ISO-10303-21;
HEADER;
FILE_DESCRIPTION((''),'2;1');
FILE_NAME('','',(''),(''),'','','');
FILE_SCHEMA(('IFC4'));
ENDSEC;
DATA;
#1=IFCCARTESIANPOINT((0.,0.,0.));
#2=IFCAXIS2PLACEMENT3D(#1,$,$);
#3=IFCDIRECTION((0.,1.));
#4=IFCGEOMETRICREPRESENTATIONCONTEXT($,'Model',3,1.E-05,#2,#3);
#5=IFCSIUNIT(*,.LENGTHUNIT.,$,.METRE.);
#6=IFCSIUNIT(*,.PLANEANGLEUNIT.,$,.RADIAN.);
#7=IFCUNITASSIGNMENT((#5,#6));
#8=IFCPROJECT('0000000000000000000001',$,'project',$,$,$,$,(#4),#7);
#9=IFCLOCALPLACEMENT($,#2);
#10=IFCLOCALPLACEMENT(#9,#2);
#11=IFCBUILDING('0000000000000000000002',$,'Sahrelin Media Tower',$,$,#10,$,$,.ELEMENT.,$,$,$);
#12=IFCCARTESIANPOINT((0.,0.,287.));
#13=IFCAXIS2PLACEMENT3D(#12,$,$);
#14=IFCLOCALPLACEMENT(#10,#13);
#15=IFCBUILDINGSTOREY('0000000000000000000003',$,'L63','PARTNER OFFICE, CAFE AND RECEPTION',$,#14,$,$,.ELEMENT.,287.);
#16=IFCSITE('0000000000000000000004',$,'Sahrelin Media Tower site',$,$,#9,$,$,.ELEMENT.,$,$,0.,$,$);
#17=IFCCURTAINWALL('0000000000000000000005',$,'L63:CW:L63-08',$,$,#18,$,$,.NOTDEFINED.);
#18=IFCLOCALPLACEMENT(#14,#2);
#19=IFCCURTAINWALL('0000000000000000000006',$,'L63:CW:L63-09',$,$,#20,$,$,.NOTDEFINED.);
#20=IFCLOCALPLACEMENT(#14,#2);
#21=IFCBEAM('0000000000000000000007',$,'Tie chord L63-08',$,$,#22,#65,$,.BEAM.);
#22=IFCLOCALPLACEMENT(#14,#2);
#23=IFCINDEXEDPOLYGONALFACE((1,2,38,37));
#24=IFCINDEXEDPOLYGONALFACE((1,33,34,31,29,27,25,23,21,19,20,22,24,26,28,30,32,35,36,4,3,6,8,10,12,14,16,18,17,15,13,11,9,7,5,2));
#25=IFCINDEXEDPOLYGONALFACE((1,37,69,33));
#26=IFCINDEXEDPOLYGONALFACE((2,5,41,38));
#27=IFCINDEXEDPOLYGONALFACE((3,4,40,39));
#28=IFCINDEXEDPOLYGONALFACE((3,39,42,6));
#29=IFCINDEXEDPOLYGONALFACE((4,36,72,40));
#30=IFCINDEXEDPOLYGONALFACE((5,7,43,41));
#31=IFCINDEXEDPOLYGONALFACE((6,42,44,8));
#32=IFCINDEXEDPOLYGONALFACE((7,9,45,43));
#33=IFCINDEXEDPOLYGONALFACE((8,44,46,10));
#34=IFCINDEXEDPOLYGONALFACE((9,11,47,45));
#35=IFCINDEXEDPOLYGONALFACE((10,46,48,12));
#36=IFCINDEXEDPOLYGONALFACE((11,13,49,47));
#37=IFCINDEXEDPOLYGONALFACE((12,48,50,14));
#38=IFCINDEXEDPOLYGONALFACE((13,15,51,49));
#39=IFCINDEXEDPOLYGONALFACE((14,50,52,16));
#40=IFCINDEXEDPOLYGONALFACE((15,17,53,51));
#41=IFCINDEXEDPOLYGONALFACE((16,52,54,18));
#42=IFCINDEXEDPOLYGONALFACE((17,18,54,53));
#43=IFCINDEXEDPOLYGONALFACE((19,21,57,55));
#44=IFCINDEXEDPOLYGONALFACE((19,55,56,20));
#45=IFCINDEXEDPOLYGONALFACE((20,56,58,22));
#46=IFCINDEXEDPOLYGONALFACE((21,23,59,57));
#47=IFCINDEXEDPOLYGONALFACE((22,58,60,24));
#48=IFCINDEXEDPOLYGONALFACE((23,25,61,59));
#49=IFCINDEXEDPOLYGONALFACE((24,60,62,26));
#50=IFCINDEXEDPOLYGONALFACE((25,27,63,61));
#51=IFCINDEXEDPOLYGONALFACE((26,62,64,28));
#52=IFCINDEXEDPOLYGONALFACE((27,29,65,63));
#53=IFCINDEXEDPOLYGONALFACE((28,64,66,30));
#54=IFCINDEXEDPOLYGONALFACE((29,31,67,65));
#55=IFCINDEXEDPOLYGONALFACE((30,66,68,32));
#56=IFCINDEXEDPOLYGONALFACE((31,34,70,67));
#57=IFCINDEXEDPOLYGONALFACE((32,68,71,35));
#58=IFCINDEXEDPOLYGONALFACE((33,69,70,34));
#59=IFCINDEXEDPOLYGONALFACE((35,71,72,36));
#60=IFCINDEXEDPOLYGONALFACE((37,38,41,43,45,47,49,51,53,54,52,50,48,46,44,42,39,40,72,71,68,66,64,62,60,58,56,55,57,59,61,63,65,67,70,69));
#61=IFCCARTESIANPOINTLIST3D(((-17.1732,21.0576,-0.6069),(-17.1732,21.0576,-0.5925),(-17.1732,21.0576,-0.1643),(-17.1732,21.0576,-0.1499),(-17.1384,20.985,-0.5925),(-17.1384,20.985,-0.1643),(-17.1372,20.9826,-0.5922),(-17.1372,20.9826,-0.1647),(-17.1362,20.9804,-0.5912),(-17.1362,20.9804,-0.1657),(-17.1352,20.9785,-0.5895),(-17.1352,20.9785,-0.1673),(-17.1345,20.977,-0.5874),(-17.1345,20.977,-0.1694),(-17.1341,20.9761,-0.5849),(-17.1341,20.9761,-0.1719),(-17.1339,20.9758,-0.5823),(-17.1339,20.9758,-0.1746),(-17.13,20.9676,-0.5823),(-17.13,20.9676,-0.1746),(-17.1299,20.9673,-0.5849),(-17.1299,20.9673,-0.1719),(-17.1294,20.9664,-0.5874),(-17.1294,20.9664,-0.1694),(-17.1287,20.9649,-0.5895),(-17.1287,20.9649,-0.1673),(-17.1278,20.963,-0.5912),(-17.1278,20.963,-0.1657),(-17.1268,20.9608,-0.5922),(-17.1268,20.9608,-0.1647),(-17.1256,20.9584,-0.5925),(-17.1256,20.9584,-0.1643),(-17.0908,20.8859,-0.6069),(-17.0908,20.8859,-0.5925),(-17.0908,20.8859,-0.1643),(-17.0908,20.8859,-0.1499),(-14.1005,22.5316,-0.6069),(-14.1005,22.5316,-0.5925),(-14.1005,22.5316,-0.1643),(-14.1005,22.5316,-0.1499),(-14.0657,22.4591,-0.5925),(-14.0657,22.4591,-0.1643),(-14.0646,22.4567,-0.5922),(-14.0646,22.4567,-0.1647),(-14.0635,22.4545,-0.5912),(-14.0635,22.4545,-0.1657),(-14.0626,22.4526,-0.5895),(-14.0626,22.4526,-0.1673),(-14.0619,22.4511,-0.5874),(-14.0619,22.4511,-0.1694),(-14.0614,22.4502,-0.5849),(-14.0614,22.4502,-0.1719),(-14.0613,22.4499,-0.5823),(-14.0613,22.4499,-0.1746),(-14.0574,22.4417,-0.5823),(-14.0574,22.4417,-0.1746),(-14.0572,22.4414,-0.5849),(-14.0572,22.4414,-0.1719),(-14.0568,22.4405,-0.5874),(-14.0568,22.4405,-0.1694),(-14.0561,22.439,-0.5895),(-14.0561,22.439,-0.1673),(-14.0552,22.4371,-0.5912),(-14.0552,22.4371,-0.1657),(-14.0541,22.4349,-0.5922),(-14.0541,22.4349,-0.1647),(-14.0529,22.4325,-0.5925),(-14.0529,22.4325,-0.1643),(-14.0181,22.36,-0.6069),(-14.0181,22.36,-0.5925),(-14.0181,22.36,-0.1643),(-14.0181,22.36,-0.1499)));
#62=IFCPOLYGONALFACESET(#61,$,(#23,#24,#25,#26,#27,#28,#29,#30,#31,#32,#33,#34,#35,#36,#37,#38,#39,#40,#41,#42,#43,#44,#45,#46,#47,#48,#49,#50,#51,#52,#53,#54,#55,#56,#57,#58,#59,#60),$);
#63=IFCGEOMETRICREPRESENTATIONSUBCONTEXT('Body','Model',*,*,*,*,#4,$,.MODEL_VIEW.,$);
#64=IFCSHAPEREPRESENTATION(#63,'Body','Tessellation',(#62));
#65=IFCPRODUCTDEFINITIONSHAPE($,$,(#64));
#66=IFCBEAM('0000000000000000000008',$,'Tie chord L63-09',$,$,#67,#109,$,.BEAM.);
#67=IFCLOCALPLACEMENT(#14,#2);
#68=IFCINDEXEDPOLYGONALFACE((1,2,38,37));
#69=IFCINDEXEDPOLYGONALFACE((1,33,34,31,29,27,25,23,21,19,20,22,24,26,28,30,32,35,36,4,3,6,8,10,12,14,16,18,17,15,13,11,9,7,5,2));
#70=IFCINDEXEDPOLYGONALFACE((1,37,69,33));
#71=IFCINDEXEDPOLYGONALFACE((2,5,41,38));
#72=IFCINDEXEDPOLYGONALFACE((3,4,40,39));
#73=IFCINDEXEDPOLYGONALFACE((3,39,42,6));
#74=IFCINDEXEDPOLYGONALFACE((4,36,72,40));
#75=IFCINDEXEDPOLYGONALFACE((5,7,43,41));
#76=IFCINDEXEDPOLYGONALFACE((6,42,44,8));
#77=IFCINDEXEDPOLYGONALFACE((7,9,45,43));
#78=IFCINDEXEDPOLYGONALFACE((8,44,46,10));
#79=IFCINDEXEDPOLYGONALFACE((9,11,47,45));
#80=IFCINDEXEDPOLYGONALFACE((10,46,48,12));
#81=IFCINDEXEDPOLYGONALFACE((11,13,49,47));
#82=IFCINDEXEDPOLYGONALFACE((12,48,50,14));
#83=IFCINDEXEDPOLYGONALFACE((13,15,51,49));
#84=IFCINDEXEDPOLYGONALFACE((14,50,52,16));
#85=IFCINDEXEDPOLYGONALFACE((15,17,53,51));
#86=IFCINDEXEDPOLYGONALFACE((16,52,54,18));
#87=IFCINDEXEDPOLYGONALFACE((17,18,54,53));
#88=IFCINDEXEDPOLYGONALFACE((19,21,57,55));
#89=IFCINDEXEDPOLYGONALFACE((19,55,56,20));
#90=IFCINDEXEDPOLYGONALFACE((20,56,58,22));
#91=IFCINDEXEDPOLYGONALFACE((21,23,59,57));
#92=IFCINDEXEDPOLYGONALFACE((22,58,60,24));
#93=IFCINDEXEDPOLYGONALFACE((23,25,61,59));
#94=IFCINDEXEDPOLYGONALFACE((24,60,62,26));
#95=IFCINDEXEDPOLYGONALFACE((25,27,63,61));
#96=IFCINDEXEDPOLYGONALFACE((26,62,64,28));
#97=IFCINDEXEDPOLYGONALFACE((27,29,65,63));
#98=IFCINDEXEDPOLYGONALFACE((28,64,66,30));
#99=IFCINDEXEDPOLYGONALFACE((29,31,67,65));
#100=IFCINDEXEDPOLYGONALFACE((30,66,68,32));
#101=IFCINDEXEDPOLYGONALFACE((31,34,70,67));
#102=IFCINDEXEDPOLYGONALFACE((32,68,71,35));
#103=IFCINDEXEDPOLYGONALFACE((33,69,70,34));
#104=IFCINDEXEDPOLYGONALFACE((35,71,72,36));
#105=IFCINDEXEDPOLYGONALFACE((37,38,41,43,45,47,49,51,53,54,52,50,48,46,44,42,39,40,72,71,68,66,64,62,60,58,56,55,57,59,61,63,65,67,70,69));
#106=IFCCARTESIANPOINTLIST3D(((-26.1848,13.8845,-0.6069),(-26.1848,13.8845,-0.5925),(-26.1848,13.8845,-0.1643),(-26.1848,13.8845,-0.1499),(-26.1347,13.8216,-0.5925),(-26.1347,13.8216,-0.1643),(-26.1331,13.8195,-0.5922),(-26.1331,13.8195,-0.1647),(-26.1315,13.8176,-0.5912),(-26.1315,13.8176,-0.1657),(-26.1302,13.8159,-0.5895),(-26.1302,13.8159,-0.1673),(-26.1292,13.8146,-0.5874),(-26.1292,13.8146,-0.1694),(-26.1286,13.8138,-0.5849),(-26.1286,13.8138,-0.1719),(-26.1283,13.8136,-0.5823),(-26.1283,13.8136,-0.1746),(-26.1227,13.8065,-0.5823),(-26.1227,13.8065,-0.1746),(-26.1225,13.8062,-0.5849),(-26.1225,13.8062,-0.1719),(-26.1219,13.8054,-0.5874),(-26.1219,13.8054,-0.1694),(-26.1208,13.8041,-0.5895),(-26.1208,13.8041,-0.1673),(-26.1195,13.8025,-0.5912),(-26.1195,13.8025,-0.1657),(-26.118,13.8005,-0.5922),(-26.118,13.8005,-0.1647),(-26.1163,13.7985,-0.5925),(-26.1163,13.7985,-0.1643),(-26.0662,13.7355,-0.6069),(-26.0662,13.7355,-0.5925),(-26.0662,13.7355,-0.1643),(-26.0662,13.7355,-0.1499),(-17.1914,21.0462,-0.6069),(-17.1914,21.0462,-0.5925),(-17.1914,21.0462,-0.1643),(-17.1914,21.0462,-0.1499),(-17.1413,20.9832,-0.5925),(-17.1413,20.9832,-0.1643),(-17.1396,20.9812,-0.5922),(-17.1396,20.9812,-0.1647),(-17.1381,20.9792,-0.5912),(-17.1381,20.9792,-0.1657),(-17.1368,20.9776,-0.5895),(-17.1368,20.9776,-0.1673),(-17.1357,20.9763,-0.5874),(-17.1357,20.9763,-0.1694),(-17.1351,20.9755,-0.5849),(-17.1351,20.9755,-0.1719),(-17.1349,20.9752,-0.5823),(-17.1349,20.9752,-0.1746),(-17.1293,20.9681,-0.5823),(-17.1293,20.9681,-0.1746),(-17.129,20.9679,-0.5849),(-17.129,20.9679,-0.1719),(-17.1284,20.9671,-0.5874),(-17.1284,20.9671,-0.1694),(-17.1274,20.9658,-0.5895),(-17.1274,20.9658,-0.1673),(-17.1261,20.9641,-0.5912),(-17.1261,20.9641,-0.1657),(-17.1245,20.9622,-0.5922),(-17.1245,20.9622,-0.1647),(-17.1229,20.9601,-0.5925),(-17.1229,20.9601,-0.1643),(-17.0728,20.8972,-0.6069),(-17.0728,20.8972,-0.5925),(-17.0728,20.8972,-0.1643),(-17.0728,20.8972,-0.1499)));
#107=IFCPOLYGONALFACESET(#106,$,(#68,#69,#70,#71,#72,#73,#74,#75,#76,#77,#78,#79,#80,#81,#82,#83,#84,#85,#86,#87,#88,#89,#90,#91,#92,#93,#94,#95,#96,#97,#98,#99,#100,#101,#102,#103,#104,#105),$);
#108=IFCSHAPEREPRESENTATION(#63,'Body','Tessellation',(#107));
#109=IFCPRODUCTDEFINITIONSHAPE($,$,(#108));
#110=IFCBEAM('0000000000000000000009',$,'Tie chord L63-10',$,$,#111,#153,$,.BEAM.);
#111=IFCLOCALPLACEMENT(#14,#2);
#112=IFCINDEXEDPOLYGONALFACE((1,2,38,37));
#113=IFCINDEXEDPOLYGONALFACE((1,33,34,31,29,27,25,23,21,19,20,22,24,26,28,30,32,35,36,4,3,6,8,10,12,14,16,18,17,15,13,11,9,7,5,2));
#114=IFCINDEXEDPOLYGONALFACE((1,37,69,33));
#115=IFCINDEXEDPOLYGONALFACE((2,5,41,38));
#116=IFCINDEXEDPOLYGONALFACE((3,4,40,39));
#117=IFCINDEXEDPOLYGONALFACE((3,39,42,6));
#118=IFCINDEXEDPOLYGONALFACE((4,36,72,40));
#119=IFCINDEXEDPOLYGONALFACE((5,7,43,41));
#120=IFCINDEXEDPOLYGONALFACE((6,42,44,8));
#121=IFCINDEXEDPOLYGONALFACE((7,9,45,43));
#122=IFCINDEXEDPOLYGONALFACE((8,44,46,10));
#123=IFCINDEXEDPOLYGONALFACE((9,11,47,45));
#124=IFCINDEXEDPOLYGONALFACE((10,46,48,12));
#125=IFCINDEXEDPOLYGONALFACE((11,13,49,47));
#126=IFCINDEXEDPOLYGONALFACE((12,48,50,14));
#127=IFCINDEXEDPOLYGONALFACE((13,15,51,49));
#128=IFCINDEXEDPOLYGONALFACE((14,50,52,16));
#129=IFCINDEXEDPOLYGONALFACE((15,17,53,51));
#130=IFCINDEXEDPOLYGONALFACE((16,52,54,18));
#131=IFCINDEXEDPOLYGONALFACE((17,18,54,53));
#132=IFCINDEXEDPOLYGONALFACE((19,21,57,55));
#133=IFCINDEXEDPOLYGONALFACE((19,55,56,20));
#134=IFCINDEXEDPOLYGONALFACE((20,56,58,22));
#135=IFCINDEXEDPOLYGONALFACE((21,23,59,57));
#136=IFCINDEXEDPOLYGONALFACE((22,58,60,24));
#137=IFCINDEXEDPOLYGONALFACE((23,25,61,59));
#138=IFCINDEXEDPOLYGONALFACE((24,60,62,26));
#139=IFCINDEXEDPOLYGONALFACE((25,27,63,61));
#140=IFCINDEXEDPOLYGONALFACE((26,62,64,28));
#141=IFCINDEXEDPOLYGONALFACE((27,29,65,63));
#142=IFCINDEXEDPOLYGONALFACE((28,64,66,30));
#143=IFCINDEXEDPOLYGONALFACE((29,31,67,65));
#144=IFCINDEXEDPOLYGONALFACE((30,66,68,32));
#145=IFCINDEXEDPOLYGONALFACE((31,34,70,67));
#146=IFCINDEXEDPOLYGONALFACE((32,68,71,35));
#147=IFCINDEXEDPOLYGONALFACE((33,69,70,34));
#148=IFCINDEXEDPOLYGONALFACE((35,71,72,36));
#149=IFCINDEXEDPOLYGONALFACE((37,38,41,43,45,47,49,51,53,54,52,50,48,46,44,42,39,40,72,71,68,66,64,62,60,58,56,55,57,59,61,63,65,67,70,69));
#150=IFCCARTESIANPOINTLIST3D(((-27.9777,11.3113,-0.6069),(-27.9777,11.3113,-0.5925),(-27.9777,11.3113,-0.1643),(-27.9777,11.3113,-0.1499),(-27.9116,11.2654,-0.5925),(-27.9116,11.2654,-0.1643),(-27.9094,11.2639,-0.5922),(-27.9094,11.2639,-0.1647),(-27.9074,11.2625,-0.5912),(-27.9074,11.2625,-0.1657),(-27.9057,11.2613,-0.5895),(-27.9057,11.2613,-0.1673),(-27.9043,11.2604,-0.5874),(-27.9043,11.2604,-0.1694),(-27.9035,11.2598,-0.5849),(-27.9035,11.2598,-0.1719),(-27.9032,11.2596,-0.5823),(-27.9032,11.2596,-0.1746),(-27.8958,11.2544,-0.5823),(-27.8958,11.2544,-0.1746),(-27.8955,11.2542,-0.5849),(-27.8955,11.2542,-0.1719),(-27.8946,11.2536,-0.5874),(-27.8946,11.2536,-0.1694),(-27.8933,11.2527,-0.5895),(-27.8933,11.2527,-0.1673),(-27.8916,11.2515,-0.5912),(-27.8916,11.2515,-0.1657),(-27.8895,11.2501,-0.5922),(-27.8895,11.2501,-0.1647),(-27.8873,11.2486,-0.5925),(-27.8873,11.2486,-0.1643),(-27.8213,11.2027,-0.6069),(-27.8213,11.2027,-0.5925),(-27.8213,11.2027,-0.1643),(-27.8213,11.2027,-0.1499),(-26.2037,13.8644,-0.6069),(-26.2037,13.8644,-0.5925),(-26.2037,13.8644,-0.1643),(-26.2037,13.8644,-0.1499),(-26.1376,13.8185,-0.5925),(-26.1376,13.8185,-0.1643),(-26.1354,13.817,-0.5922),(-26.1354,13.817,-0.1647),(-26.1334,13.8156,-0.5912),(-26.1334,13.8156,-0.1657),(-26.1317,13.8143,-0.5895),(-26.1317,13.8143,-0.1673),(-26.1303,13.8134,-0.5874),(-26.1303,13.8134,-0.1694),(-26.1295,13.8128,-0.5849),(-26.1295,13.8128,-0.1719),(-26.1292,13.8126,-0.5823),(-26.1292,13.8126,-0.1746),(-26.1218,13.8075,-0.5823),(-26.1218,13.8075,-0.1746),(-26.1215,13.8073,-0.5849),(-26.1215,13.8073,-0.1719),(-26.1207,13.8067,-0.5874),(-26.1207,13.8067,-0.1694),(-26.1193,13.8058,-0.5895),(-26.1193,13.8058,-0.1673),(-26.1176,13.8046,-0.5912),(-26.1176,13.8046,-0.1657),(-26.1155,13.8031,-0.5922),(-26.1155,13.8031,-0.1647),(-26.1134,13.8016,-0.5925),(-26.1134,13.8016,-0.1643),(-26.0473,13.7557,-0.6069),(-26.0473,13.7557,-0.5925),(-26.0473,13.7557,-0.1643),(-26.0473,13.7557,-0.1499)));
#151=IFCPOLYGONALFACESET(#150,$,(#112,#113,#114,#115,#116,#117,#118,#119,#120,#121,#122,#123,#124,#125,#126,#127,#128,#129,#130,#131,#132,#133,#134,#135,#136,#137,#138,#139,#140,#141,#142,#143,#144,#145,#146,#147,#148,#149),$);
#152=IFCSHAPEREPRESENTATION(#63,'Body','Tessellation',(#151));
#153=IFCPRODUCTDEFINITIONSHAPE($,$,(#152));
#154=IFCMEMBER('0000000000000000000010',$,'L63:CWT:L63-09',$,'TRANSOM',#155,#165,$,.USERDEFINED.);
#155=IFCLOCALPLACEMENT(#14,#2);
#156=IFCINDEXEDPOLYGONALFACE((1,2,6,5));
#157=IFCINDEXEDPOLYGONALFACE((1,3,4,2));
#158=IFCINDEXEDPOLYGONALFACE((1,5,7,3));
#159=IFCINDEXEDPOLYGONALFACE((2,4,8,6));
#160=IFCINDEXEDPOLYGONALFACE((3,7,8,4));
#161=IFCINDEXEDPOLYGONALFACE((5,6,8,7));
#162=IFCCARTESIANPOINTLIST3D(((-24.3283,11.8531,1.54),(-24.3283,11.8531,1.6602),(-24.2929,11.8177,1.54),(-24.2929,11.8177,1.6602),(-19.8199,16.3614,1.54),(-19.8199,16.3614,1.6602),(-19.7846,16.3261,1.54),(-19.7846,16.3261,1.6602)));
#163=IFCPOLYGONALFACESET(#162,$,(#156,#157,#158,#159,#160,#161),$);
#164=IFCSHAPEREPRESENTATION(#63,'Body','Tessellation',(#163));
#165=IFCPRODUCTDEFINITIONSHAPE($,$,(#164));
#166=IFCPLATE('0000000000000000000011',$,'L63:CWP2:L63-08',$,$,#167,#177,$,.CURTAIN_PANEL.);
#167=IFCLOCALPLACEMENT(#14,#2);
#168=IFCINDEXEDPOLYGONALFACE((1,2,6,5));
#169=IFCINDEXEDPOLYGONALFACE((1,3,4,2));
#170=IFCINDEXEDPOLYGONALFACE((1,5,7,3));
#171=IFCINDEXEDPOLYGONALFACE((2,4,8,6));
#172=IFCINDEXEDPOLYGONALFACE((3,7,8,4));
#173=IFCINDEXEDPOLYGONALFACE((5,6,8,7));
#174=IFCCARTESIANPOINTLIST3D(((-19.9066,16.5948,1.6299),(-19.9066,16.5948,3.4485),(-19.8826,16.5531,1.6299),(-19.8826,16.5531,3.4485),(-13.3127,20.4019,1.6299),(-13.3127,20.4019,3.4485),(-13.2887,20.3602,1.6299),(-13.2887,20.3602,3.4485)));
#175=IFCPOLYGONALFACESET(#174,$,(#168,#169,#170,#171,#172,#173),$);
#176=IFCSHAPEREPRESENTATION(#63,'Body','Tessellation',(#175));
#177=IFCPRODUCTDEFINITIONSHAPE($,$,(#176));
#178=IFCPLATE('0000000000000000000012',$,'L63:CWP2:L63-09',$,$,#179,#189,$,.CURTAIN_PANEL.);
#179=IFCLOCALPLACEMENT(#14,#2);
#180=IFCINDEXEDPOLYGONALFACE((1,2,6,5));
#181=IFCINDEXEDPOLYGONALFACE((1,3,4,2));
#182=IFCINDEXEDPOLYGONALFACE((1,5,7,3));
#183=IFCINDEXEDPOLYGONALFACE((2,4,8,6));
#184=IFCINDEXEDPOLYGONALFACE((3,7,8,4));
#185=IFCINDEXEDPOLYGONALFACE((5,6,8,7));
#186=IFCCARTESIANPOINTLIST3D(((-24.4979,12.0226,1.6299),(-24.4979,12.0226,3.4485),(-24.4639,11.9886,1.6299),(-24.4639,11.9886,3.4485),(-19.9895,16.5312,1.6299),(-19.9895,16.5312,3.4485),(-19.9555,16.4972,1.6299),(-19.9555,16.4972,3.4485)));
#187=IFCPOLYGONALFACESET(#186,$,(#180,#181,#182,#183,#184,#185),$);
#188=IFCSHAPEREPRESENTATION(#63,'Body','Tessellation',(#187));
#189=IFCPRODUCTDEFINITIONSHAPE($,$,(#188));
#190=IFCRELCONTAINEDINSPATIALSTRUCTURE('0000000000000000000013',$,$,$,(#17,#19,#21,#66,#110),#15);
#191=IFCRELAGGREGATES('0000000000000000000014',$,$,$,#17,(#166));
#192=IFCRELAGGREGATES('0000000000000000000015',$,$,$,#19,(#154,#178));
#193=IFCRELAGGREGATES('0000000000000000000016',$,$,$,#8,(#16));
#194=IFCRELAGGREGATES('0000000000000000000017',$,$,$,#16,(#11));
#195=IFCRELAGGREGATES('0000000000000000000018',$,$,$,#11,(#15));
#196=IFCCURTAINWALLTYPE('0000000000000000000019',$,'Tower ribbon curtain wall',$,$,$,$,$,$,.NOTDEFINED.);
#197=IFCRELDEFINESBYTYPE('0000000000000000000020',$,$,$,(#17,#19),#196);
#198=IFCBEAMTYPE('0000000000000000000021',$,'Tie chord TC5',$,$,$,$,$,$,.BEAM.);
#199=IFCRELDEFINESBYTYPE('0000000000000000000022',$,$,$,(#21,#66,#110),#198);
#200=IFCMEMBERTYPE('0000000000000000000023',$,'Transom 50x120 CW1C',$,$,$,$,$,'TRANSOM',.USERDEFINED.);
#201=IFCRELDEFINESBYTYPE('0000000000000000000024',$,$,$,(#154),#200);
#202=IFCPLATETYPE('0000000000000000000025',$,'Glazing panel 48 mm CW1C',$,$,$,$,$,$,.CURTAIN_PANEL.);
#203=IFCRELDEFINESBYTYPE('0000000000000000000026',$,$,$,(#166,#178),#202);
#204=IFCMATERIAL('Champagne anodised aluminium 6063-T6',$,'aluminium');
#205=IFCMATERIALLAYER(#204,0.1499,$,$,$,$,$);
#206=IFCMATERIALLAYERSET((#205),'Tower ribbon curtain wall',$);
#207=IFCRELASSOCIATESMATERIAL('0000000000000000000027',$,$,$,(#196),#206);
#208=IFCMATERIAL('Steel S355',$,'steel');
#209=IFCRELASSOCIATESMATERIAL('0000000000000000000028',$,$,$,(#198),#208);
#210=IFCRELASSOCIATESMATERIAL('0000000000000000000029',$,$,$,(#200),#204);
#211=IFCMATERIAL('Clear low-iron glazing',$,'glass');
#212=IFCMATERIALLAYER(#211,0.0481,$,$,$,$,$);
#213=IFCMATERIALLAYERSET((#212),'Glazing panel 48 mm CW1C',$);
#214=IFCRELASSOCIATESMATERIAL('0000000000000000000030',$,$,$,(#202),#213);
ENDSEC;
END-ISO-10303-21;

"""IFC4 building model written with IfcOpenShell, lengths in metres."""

from ifc_helpers import new_model, si_unit, direction, frame, origin, origin_2d, place, context, subcontext, project, spatial, polyline, rectangle, i_section, outline, extrude, material, layer, layer_set, material_profile, profile_set, type_object, element, aggregate, save


model = new_model("IFC4")

# Units and contexts
model_context = context("Model", 3, precision=1e-05, world=origin(), true_north=direction((0.0, 1.0)))
body_context = subcontext(model_context, "Body", "Model", "MODEL_VIEW")
ifc_project = project(units=[si_unit("LENGTHUNIT", "METRE"), si_unit("PLANEANGLEUNIT", "RADIAN")], contexts=[model_context])

# Site, building, storey
site_placement = place(None, origin())
site = spatial("IfcSite", under=ifc_project, at=site_placement, Name="Sahrelin Media Tower site", CompositionType="ELEMENT", RefElevation=0.0)
building_placement = place(site_placement, origin())
building = spatial("IfcBuilding", under=site, at=building_placement, Name="Sahrelin Media Tower", CompositionType="ELEMENT")
storey_placement = place(building_placement, frame((0.0, 0.0, 287.0)))
storey = spatial("IfcBuildingStorey", under=building, at=storey_placement, Name="L63", Description="PARTNER OFFICE, CAFE AND RECEPTION", CompositionType="ELEMENT", Elevation=287.0)

# Shared definitions
ifc_material_1 = material(Name="Steel S355", Category="steel")

# Curtain walls
ifc_material_2 = material(Name="Champagne anodised aluminium 6063-T6", Category="aluminium")
ifc_layer_1 = layer(ifc_material_2, 0.1499)
ifc_layer_set_1 = layer_set([ifc_layer_1], Name="Tower ribbon curtain wall")
curtain_wall_type = type_object("IfcCurtainWallType", Name="Tower ribbon curtain wall", PredefinedType="NOTDEFINED", material=ifc_layer_set_1)
curtain_wall_1_placement = place(storey_placement, frame((-16.5999, 18.481, 0.0), z_axis=(0.0, 0.0, 1.0), x_axis=(1.0, 0.0, 0.0)))
curtain_wall_1 = element("IfcCurtainWall", 1, at=curtain_wall_1_placement, inside=storey, type_object=curtain_wall_type, Name="L63:CW:L63-08", PredefinedType="NOTDEFINED")
curtain_wall_2_placement = place(storey_placement, frame((-22.2295, 14.2629, 0.0), z_axis=(0.0, 0.0, 1.0), x_axis=(1.0, 0.0, 0.0)))
curtain_wall_2 = element("IfcCurtainWall", 2, at=curtain_wall_2_placement, inside=storey, type_object=curtain_wall_type, Name="L63:CW:L63-09", PredefinedType="NOTDEFINED")

# Beams
ifc_material_profile_1 = material_profile(ifc_material_1, i_section(OverallWidth=0.1904, OverallDepth=0.457, WebThickness=0.009, FlangeThickness=0.0144, FilletRadius=0.0103, at=origin_2d()), Name="UB 457x191x74")
ifc_profile_set_1 = profile_set([ifc_material_profile_1], Name="Steel S355")
beam_type_1 = type_object("IfcBeamType", Name="Tie chord TC5", PredefinedType="BEAM", material=ifc_profile_set_1)
beam_1_placement = place(storey_placement, frame((-14.0593, 22.4458, -0.3784), z_axis=(-0.901615, -0.43254, 0.0), x_axis=(0.43254, -0.901615, 0.0)))
element("IfcBeam", 3, at=beam_1_placement, inside=storey, type_object=beam_type_1, Name="Tie chord L63-08", PredefinedType="BEAM", context=body_context, shape_type="SweptSolid", body=[
    extrude(i_section(OverallWidth=0.1904, OverallDepth=0.457, WebThickness=0.009, FlangeThickness=0.0144, FilletRadius=0.0103, at=origin_2d()), origin(), (0.0, 0.0, 1.0), 3.408),
])
beam_2_placement = place(storey_placement, frame((-17.1321, 20.9717, -0.3784), z_axis=(-0.782272, -0.622938, 0.0), x_axis=(0.622938, -0.782272, 0.0)))
element("IfcBeam", 4, at=beam_2_placement, inside=storey, type_object=beam_type_1, Name="Tie chord L63-09", PredefinedType="BEAM", context=body_context, shape_type="SweptSolid", body=[
    extrude(i_section(OverallWidth=0.1904, OverallDepth=0.457, WebThickness=0.009, FlangeThickness=0.0144, FilletRadius=0.0103, at=origin_2d()), origin(), (0.0, 0.0, 1.0), 11.4966),
])
beam_3_placement = place(storey_placement, frame((-26.1255, 13.8101, -0.3784), z_axis=(-0.570618, -0.821216, 0.0), x_axis=(0.821216, -0.570618, 0.0)))
element("IfcBeam", 5, at=beam_3_placement, inside=storey, type_object=beam_type_1, Name="Tie chord L63-10", PredefinedType="BEAM", context=body_context, shape_type="SweptSolid", body=[
    extrude(i_section(OverallWidth=0.1904, OverallDepth=0.457, WebThickness=0.009, FlangeThickness=0.0144, FilletRadius=0.0103, at=origin_2d()), origin(), (0.0, 0.0, 1.0), 3.1089),
])

# Member
ifc_material_profile_2 = material_profile(ifc_material_2, rectangle(XDim=0.05, YDim=0.1201, at=origin_2d()), Name="Transom 50x120")
ifc_profile_set_2 = profile_set([ifc_material_profile_2], Name="Champagne anodised aluminium 6063-T6")
member_type_1 = type_object("IfcMemberType", Name="Transom 50x120 CW1C", ElementType="TRANSOM", PredefinedType="USERDEFINED", material=ifc_profile_set_2)
member_1_placement = place(storey_placement, frame((-19.8022, 16.3438, 1.6001), z_axis=(-0.707107, -0.707107, 0.0), x_axis=(0.707107, -0.707107, 0.0)))
member_1 = element("IfcMember", 6, at=member_1_placement, type_object=member_type_1, Name="L63:CWT:L63-09", ObjectType="TRANSOM", PredefinedType="USERDEFINED", context=body_context, shape_type="SweptSolid", body=[
    extrude(rectangle(XDim=0.05, YDim=0.1201, at=origin_2d()), origin(), (0.0, 0.0, 1.0), 6.3757),
])

# Plates
ifc_material_3 = material(Name="Clear low-iron glazing", Category="glass")
ifc_layer_2 = layer(ifc_material_3, 0.0481)
ifc_layer_set_2 = layer_set([ifc_layer_2], Name="Glazing panel 48 mm CW1C")
plate_type_1 = type_object("IfcPlateType", Name="Glazing panel 48 mm CW1C", PredefinedType="CURTAIN_PANEL", material=ifc_layer_set_2)
plate_1_placement = place(storey_placement, frame((-13.3127, 20.4019, 1.6299), z_axis=(-0.500008, 0.866021, 0.0), x_axis=(-0.866021, -0.500008, 0.0)))
plate_1 = element("IfcPlate", 7, at=plate_1_placement, type_object=plate_type_1, Name="L63:CWP2:L63-08", PredefinedType="CURTAIN_PANEL", context=body_context, shape_type="SweptSolid", body=[
    extrude(outline(polyline([(0.0, 0.0), (7.614, 0.0), (7.614, 1.8186), (0.0, 1.8186), (0.0, 0.0)])), origin(), (0.0, 0.0, -1.0), 0.0481),
])
plate_2_placement = place(storey_placement, frame((-19.9895, 16.5312, 1.6299), z_axis=(-0.707126, 0.707088, 0.0), x_axis=(-0.707088, -0.707126, 0.0)))
plate_2 = element("IfcPlate", 8, at=plate_2_placement, type_object=plate_type_1, Name="L63:CWP2:L63-09", PredefinedType="CURTAIN_PANEL", context=body_context, shape_type="SweptSolid", body=[
    extrude(outline(polyline([(0.0, 0.0), (6.376, 0.0), (6.376, 1.8186), (0.0, 1.8186), (0.0, 0.0)])), origin(), (0.0, 0.0, -1.0), 0.0481),
])

aggregate(curtain_wall_1, [plate_1])
aggregate(curtain_wall_2, [member_1, plate_2])

save(model, "model.ifc")
